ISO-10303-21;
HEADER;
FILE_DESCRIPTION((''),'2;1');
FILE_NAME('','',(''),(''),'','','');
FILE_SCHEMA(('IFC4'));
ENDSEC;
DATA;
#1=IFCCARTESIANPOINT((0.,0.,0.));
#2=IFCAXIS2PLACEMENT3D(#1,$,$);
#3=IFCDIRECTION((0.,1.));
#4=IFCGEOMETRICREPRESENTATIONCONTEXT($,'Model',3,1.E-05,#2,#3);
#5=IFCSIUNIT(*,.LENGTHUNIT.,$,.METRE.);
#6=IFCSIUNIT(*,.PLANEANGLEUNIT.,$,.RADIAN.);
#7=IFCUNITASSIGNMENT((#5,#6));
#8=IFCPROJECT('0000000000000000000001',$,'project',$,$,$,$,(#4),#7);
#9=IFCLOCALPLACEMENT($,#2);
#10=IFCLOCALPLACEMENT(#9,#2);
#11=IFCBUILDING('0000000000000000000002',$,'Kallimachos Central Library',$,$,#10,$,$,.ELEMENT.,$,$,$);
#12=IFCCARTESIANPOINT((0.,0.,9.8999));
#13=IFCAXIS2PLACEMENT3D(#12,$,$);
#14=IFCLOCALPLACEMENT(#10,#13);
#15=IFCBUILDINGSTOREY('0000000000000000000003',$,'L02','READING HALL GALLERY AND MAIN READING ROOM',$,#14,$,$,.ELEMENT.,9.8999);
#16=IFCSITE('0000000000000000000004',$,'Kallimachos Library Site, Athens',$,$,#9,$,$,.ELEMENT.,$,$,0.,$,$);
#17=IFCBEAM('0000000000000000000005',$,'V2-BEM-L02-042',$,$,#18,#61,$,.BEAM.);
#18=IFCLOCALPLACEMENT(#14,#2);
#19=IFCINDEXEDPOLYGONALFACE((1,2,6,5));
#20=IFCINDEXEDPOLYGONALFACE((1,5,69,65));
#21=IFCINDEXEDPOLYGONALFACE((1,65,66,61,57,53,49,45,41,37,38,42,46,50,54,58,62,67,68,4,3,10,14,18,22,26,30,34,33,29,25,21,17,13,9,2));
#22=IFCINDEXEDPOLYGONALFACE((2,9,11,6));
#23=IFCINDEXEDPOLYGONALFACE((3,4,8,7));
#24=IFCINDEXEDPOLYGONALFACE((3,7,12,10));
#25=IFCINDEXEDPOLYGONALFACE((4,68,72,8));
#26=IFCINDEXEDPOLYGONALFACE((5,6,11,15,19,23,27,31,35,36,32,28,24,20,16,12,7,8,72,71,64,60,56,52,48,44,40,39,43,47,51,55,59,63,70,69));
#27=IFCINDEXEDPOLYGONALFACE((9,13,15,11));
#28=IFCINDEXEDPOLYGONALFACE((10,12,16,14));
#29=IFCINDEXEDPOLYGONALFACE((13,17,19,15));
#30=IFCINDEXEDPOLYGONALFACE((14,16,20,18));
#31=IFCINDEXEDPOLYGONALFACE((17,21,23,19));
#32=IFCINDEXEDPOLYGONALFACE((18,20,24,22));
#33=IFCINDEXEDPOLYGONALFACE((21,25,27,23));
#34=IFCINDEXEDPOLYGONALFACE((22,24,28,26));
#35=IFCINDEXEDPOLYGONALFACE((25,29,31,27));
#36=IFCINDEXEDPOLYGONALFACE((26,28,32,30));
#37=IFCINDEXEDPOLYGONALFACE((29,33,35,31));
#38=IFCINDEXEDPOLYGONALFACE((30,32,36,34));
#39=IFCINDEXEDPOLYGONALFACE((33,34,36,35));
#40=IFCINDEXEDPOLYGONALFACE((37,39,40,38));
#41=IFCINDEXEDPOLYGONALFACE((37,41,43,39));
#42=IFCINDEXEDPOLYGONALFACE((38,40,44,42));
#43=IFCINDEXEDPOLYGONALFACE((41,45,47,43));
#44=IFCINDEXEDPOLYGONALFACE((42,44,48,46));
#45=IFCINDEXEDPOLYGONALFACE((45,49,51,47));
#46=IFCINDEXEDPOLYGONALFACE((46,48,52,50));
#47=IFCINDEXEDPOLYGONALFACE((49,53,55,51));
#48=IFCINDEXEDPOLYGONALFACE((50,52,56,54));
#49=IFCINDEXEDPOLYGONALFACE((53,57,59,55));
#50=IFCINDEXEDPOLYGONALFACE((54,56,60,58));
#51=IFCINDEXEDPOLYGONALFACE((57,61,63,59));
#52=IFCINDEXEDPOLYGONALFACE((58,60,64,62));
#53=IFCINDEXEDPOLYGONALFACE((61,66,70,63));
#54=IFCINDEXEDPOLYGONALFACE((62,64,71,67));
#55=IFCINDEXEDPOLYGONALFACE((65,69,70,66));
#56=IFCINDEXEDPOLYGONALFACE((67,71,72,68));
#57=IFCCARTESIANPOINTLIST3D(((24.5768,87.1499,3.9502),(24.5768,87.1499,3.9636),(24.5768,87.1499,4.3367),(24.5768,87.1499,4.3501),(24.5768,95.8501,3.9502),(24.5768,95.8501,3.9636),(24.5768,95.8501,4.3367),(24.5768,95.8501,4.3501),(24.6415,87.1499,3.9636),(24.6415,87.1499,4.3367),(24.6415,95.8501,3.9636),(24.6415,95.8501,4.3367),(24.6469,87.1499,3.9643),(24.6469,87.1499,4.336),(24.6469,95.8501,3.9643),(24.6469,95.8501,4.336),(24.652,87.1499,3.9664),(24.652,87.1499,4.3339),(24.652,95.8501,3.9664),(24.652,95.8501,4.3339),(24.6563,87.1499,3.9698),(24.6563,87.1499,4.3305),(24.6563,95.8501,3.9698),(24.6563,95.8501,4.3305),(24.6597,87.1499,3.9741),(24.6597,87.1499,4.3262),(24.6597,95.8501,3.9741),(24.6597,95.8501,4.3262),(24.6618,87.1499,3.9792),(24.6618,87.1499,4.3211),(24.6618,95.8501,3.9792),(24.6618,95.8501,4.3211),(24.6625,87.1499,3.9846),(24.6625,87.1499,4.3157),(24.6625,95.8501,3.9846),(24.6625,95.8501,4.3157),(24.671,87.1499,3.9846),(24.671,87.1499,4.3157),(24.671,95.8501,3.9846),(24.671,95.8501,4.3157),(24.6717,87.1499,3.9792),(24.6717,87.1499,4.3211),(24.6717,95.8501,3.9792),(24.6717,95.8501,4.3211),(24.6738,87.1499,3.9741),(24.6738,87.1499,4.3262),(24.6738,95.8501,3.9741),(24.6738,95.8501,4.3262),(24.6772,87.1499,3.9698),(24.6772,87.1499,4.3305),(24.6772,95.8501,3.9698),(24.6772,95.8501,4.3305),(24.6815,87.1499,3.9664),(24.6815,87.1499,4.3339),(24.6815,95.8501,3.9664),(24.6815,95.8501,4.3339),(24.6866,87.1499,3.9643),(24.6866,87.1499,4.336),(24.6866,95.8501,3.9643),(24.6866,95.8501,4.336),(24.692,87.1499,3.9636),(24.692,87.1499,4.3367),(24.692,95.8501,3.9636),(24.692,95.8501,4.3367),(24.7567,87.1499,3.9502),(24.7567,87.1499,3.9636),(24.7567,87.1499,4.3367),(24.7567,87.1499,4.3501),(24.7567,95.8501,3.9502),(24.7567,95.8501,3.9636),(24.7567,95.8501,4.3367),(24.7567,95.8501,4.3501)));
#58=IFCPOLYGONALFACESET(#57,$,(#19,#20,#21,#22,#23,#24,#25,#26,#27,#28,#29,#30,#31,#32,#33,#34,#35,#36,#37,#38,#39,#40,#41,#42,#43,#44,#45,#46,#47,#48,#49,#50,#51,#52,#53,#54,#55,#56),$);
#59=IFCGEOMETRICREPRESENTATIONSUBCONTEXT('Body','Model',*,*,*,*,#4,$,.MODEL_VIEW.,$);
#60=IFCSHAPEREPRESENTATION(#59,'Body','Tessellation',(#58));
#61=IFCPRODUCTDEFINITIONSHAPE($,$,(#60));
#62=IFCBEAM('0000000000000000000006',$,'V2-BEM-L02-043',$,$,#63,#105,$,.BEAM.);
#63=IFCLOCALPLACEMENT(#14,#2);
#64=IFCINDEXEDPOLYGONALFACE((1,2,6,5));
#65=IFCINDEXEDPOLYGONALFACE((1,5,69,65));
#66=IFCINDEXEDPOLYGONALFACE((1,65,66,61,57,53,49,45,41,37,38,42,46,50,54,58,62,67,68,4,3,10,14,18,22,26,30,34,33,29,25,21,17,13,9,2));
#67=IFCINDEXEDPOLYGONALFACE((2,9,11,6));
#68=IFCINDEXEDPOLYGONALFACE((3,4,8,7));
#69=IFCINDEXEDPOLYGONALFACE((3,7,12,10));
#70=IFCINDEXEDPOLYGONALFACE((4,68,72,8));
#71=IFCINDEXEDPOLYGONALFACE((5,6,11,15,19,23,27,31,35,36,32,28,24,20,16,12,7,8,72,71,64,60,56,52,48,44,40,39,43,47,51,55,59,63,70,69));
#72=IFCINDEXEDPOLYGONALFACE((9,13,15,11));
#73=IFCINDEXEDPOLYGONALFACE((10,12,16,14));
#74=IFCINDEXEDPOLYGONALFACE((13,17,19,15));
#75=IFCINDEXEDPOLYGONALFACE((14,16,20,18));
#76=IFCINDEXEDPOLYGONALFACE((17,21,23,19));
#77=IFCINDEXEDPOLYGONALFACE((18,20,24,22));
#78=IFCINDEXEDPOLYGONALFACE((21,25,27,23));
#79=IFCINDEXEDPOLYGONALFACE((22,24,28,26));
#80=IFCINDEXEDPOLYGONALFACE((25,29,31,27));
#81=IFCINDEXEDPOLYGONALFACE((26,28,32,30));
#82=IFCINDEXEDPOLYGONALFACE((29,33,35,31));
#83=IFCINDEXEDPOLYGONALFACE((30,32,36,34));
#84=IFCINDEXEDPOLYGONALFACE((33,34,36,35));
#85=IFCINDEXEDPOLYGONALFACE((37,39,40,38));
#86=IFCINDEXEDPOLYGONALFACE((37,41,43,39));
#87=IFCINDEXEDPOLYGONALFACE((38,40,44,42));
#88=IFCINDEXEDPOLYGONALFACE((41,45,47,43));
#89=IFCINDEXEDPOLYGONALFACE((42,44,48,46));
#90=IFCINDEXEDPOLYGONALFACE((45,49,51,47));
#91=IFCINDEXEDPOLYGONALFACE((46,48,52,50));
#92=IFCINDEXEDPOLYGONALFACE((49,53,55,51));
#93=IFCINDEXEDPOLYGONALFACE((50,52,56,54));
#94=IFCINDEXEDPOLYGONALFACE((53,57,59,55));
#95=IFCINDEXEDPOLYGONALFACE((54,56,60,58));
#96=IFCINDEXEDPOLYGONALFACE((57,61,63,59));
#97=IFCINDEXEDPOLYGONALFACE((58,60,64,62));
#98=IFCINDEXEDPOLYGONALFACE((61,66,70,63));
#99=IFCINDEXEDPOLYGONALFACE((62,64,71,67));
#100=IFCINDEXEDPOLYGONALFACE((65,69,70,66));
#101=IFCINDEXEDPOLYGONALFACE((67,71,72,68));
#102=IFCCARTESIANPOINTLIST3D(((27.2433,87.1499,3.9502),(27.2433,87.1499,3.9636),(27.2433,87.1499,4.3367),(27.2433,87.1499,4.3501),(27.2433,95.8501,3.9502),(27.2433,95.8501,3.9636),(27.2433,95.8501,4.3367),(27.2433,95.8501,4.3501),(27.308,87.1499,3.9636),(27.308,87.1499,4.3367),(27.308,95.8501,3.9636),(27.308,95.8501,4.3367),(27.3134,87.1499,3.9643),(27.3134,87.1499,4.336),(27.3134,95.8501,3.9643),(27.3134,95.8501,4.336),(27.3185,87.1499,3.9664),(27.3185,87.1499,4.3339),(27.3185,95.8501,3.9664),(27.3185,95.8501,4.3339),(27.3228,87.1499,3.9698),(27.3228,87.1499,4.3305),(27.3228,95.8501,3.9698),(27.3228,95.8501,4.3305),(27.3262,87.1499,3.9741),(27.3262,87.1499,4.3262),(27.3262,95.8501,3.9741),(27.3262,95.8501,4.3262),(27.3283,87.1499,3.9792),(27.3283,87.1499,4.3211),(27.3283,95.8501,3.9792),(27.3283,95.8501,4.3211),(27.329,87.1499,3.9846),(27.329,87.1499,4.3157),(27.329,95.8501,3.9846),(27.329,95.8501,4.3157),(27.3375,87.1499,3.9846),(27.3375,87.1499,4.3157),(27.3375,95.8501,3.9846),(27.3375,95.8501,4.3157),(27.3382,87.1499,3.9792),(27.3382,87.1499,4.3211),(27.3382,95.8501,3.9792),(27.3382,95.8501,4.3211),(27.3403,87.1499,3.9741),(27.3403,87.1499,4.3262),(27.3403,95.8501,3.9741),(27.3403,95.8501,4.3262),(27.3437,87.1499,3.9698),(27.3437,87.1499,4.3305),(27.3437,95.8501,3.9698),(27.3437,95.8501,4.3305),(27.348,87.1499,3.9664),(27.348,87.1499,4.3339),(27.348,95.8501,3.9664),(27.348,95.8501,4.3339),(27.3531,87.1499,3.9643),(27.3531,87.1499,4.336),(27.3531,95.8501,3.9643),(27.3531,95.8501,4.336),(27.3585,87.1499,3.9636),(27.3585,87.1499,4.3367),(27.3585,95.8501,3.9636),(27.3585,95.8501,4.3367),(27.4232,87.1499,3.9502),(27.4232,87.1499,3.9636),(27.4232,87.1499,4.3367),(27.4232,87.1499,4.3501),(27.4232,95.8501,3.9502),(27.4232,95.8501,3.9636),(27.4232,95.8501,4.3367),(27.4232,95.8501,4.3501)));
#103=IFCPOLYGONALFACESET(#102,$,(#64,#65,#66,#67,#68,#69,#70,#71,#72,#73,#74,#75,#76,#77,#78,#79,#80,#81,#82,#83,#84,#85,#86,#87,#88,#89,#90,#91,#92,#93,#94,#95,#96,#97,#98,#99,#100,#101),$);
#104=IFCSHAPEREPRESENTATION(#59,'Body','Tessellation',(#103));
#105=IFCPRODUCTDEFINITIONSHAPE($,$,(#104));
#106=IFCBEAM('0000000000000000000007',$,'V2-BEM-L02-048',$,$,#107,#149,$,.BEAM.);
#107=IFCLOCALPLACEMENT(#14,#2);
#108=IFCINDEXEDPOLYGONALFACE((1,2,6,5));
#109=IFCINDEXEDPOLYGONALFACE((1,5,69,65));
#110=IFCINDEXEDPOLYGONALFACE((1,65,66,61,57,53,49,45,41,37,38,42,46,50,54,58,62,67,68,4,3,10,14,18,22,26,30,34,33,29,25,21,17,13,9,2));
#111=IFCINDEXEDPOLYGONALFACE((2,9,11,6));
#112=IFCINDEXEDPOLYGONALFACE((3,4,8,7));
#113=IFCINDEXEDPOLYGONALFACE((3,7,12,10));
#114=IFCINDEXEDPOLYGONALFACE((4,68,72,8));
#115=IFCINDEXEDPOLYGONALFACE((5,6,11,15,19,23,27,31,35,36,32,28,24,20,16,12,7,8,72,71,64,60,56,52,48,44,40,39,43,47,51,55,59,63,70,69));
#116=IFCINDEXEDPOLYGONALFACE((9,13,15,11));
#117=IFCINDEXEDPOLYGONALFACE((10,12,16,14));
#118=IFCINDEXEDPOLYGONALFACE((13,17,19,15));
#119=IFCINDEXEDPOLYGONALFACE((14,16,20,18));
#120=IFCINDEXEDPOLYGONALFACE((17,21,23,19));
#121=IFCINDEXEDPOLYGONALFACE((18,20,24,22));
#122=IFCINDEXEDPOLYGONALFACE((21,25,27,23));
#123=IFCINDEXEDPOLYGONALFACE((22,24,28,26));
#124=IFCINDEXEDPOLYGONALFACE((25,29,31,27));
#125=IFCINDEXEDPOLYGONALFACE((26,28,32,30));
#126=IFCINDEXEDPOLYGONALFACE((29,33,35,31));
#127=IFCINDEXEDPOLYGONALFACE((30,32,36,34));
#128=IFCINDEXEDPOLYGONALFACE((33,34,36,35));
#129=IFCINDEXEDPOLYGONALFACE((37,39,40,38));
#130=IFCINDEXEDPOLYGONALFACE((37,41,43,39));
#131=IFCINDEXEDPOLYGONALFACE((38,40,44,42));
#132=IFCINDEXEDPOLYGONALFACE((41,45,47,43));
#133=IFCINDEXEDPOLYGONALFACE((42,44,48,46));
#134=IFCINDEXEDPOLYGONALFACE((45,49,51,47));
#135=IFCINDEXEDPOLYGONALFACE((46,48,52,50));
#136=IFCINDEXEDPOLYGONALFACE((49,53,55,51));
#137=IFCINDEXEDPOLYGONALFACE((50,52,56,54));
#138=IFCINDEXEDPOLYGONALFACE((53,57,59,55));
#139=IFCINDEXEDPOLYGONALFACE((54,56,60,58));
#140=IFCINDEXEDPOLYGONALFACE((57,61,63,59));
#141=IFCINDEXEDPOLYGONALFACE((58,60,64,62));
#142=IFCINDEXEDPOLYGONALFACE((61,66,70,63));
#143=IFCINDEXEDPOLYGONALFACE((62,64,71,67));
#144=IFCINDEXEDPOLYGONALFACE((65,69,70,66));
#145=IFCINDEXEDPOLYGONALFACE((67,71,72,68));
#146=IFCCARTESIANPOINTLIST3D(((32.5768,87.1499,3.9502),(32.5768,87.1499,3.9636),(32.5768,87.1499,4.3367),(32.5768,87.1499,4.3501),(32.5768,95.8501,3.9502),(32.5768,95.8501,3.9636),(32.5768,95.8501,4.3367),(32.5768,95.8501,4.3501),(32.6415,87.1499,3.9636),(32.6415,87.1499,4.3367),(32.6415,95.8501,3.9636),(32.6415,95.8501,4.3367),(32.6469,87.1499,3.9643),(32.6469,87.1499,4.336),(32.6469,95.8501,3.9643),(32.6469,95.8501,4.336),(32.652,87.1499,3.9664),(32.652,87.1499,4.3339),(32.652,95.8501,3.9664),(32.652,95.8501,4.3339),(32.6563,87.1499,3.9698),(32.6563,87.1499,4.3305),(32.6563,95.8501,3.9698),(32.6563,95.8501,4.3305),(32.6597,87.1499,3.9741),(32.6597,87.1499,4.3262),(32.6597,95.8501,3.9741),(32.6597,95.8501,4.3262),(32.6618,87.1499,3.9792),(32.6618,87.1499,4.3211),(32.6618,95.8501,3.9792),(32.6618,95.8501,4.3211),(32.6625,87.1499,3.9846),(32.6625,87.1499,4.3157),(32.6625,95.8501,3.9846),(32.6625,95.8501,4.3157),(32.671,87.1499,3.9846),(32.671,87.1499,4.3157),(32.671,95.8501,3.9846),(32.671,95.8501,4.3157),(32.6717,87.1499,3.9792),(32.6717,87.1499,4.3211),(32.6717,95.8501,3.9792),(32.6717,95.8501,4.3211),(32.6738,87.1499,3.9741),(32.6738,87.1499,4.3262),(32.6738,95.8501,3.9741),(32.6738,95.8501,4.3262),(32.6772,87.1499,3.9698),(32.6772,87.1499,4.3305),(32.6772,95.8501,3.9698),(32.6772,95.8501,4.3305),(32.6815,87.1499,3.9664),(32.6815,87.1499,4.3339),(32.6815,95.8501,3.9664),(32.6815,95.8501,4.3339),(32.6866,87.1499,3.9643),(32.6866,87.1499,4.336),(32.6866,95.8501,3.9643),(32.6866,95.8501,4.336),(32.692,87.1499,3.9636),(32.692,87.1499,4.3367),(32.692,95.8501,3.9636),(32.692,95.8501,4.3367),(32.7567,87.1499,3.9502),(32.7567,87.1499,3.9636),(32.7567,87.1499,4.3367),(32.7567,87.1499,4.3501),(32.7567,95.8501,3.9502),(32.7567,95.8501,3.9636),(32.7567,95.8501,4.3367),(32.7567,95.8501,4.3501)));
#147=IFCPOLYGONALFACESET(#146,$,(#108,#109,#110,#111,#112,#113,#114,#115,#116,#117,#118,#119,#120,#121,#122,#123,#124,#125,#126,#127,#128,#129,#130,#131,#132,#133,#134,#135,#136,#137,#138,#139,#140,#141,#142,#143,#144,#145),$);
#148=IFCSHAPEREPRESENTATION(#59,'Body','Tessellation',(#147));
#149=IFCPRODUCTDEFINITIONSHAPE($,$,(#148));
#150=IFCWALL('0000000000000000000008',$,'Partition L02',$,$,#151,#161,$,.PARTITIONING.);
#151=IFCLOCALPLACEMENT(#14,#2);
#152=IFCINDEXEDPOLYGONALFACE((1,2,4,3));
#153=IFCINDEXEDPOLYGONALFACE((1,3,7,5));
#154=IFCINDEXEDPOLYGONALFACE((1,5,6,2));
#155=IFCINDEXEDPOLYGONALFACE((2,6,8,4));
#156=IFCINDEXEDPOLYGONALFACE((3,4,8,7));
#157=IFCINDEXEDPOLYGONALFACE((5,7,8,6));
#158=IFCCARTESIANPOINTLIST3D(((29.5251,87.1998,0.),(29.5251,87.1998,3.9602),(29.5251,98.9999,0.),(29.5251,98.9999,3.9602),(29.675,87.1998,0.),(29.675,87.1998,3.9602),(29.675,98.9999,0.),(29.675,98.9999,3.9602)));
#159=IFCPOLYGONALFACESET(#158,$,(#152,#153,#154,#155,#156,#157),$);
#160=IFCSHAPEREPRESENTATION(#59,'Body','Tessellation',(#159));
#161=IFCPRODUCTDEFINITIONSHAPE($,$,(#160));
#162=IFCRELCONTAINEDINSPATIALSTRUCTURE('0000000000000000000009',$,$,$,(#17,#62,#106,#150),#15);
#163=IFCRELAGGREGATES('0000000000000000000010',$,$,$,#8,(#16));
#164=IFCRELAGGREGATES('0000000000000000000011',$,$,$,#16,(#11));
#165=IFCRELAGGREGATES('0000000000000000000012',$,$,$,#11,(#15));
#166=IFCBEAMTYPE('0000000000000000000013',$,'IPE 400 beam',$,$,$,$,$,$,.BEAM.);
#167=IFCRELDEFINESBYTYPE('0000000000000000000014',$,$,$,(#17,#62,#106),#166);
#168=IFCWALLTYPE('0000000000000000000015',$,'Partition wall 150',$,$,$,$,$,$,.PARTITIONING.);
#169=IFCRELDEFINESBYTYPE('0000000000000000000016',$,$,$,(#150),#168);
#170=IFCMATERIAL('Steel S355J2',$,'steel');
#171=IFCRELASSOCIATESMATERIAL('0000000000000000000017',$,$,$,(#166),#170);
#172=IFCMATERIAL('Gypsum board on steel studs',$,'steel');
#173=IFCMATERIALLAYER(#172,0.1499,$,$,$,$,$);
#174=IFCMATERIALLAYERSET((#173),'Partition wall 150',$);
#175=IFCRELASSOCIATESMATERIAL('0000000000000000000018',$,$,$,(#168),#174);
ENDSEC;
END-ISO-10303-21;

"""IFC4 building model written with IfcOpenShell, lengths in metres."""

from ifc_helpers import new_model, si_unit, direction, frame, frame_2d, origin, origin_2d, place, context, subcontext, project, spatial, rectangle, i_section, extrude, material, layer, layer_set, material_profile, profile_set, type_object, element, save


model = new_model("IFC4")

# Units and contexts
model_context = context("Model", 3, precision=1e-05, world=origin(), true_north=direction((0.0, 1.0)))
body_context = subcontext(model_context, "Body", "Model", "MODEL_VIEW")
ifc_project = project(units=[si_unit("LENGTHUNIT", "METRE"), si_unit("PLANEANGLEUNIT", "RADIAN")], contexts=[model_context])

# Site, building, storey
site_placement = place(None, origin())
site = spatial("IfcSite", under=ifc_project, at=site_placement, Name="Kallimachos Library Site, Athens", CompositionType="ELEMENT", RefElevation=0.0)
building_placement = place(site_placement, origin())
building = spatial("IfcBuilding", under=site, at=building_placement, Name="Kallimachos Central Library", CompositionType="ELEMENT")
storey_placement = place(building_placement, frame((0.0, 0.0, 9.8999)))
storey = spatial("IfcBuildingStorey", under=building, at=storey_placement, Name="L02", Description="READING HALL GALLERY AND MAIN READING ROOM", CompositionType="ELEMENT", Elevation=9.8999)

# Beams
ifc_material_1 = material(Name="Steel S355J2", Category="steel")
ifc_material_profile_1 = material_profile(ifc_material_1, i_section(OverallWidth=0.1799, OverallDepth=0.3999, WebThickness=0.0085, FlangeThickness=0.0134, FilletRadius=0.021, at=origin_2d()), Name="IPE 400")
ifc_profile_set_1 = profile_set([ifc_material_profile_1], Name="Steel S355J2")
beam_type_1 = type_object("IfcBeamType", Name="IPE 400 beam", PredefinedType="BEAM", material=ifc_profile_set_1)
for number, where, z_axis, x_axis, name in (
    (1, (24.6667, 87.1499, 4.1501), (0.0, 1.0, 0.0), (-1.0, 0.0, 0.0), "V2-BEM-L02-042"),
    (2, (27.3333, 87.1499, 4.1501), (0.0, 1.0, 0.0), (-1.0, 0.0, 0.0), "V2-BEM-L02-043"),
    (3, (32.6667, 87.1499, 4.1501), (0.0, 1.0, 0.0), (-1.0, 0.0, 0.0), "V2-BEM-L02-048"),
):
    element("IfcBeam", number, at=place(storey_placement, frame(where, z_axis=z_axis, x_axis=x_axis)), inside=storey, type_object=beam_type_1, Name=name, PredefinedType="BEAM", context=body_context, shape_type="SweptSolid", body=[
        extrude(i_section(OverallWidth=0.1799, OverallDepth=0.3999, WebThickness=0.0085, FlangeThickness=0.0134, FilletRadius=0.021, at=origin_2d()), origin(), (0.0, 0.0, 1.0), 8.7002),
    ])

# Wall
ifc_material_2 = material(Name="Gypsum board on steel studs", Category="steel")
ifc_layer_1 = layer(ifc_material_2, 0.1499)
ifc_layer_set_1 = layer_set([ifc_layer_1], Name="Partition wall 150")
wall_type_1 = type_object("IfcWallType", Name="Partition wall 150", PredefinedType="PARTITIONING", material=ifc_layer_set_1)
wall_1_placement = place(storey_placement, frame((29.6001, 87.2, 0.0), z_axis=(0.0, 0.0, 1.0), x_axis=(0.0, 1.0, 0.0)))
element("IfcWall", 4, at=wall_1_placement, inside=storey, type_object=wall_type_1, Name="Partition L02", PredefinedType="PARTITIONING", context=body_context, shape_type="SweptSolid", body=[
    extrude(rectangle(XDim=11.8, YDim=0.1499, at=frame_2d((5.8999, 0.0))), origin(), (0.0, 0.0, 1.0), 3.9602),
])

save(model, "model.ifc")
